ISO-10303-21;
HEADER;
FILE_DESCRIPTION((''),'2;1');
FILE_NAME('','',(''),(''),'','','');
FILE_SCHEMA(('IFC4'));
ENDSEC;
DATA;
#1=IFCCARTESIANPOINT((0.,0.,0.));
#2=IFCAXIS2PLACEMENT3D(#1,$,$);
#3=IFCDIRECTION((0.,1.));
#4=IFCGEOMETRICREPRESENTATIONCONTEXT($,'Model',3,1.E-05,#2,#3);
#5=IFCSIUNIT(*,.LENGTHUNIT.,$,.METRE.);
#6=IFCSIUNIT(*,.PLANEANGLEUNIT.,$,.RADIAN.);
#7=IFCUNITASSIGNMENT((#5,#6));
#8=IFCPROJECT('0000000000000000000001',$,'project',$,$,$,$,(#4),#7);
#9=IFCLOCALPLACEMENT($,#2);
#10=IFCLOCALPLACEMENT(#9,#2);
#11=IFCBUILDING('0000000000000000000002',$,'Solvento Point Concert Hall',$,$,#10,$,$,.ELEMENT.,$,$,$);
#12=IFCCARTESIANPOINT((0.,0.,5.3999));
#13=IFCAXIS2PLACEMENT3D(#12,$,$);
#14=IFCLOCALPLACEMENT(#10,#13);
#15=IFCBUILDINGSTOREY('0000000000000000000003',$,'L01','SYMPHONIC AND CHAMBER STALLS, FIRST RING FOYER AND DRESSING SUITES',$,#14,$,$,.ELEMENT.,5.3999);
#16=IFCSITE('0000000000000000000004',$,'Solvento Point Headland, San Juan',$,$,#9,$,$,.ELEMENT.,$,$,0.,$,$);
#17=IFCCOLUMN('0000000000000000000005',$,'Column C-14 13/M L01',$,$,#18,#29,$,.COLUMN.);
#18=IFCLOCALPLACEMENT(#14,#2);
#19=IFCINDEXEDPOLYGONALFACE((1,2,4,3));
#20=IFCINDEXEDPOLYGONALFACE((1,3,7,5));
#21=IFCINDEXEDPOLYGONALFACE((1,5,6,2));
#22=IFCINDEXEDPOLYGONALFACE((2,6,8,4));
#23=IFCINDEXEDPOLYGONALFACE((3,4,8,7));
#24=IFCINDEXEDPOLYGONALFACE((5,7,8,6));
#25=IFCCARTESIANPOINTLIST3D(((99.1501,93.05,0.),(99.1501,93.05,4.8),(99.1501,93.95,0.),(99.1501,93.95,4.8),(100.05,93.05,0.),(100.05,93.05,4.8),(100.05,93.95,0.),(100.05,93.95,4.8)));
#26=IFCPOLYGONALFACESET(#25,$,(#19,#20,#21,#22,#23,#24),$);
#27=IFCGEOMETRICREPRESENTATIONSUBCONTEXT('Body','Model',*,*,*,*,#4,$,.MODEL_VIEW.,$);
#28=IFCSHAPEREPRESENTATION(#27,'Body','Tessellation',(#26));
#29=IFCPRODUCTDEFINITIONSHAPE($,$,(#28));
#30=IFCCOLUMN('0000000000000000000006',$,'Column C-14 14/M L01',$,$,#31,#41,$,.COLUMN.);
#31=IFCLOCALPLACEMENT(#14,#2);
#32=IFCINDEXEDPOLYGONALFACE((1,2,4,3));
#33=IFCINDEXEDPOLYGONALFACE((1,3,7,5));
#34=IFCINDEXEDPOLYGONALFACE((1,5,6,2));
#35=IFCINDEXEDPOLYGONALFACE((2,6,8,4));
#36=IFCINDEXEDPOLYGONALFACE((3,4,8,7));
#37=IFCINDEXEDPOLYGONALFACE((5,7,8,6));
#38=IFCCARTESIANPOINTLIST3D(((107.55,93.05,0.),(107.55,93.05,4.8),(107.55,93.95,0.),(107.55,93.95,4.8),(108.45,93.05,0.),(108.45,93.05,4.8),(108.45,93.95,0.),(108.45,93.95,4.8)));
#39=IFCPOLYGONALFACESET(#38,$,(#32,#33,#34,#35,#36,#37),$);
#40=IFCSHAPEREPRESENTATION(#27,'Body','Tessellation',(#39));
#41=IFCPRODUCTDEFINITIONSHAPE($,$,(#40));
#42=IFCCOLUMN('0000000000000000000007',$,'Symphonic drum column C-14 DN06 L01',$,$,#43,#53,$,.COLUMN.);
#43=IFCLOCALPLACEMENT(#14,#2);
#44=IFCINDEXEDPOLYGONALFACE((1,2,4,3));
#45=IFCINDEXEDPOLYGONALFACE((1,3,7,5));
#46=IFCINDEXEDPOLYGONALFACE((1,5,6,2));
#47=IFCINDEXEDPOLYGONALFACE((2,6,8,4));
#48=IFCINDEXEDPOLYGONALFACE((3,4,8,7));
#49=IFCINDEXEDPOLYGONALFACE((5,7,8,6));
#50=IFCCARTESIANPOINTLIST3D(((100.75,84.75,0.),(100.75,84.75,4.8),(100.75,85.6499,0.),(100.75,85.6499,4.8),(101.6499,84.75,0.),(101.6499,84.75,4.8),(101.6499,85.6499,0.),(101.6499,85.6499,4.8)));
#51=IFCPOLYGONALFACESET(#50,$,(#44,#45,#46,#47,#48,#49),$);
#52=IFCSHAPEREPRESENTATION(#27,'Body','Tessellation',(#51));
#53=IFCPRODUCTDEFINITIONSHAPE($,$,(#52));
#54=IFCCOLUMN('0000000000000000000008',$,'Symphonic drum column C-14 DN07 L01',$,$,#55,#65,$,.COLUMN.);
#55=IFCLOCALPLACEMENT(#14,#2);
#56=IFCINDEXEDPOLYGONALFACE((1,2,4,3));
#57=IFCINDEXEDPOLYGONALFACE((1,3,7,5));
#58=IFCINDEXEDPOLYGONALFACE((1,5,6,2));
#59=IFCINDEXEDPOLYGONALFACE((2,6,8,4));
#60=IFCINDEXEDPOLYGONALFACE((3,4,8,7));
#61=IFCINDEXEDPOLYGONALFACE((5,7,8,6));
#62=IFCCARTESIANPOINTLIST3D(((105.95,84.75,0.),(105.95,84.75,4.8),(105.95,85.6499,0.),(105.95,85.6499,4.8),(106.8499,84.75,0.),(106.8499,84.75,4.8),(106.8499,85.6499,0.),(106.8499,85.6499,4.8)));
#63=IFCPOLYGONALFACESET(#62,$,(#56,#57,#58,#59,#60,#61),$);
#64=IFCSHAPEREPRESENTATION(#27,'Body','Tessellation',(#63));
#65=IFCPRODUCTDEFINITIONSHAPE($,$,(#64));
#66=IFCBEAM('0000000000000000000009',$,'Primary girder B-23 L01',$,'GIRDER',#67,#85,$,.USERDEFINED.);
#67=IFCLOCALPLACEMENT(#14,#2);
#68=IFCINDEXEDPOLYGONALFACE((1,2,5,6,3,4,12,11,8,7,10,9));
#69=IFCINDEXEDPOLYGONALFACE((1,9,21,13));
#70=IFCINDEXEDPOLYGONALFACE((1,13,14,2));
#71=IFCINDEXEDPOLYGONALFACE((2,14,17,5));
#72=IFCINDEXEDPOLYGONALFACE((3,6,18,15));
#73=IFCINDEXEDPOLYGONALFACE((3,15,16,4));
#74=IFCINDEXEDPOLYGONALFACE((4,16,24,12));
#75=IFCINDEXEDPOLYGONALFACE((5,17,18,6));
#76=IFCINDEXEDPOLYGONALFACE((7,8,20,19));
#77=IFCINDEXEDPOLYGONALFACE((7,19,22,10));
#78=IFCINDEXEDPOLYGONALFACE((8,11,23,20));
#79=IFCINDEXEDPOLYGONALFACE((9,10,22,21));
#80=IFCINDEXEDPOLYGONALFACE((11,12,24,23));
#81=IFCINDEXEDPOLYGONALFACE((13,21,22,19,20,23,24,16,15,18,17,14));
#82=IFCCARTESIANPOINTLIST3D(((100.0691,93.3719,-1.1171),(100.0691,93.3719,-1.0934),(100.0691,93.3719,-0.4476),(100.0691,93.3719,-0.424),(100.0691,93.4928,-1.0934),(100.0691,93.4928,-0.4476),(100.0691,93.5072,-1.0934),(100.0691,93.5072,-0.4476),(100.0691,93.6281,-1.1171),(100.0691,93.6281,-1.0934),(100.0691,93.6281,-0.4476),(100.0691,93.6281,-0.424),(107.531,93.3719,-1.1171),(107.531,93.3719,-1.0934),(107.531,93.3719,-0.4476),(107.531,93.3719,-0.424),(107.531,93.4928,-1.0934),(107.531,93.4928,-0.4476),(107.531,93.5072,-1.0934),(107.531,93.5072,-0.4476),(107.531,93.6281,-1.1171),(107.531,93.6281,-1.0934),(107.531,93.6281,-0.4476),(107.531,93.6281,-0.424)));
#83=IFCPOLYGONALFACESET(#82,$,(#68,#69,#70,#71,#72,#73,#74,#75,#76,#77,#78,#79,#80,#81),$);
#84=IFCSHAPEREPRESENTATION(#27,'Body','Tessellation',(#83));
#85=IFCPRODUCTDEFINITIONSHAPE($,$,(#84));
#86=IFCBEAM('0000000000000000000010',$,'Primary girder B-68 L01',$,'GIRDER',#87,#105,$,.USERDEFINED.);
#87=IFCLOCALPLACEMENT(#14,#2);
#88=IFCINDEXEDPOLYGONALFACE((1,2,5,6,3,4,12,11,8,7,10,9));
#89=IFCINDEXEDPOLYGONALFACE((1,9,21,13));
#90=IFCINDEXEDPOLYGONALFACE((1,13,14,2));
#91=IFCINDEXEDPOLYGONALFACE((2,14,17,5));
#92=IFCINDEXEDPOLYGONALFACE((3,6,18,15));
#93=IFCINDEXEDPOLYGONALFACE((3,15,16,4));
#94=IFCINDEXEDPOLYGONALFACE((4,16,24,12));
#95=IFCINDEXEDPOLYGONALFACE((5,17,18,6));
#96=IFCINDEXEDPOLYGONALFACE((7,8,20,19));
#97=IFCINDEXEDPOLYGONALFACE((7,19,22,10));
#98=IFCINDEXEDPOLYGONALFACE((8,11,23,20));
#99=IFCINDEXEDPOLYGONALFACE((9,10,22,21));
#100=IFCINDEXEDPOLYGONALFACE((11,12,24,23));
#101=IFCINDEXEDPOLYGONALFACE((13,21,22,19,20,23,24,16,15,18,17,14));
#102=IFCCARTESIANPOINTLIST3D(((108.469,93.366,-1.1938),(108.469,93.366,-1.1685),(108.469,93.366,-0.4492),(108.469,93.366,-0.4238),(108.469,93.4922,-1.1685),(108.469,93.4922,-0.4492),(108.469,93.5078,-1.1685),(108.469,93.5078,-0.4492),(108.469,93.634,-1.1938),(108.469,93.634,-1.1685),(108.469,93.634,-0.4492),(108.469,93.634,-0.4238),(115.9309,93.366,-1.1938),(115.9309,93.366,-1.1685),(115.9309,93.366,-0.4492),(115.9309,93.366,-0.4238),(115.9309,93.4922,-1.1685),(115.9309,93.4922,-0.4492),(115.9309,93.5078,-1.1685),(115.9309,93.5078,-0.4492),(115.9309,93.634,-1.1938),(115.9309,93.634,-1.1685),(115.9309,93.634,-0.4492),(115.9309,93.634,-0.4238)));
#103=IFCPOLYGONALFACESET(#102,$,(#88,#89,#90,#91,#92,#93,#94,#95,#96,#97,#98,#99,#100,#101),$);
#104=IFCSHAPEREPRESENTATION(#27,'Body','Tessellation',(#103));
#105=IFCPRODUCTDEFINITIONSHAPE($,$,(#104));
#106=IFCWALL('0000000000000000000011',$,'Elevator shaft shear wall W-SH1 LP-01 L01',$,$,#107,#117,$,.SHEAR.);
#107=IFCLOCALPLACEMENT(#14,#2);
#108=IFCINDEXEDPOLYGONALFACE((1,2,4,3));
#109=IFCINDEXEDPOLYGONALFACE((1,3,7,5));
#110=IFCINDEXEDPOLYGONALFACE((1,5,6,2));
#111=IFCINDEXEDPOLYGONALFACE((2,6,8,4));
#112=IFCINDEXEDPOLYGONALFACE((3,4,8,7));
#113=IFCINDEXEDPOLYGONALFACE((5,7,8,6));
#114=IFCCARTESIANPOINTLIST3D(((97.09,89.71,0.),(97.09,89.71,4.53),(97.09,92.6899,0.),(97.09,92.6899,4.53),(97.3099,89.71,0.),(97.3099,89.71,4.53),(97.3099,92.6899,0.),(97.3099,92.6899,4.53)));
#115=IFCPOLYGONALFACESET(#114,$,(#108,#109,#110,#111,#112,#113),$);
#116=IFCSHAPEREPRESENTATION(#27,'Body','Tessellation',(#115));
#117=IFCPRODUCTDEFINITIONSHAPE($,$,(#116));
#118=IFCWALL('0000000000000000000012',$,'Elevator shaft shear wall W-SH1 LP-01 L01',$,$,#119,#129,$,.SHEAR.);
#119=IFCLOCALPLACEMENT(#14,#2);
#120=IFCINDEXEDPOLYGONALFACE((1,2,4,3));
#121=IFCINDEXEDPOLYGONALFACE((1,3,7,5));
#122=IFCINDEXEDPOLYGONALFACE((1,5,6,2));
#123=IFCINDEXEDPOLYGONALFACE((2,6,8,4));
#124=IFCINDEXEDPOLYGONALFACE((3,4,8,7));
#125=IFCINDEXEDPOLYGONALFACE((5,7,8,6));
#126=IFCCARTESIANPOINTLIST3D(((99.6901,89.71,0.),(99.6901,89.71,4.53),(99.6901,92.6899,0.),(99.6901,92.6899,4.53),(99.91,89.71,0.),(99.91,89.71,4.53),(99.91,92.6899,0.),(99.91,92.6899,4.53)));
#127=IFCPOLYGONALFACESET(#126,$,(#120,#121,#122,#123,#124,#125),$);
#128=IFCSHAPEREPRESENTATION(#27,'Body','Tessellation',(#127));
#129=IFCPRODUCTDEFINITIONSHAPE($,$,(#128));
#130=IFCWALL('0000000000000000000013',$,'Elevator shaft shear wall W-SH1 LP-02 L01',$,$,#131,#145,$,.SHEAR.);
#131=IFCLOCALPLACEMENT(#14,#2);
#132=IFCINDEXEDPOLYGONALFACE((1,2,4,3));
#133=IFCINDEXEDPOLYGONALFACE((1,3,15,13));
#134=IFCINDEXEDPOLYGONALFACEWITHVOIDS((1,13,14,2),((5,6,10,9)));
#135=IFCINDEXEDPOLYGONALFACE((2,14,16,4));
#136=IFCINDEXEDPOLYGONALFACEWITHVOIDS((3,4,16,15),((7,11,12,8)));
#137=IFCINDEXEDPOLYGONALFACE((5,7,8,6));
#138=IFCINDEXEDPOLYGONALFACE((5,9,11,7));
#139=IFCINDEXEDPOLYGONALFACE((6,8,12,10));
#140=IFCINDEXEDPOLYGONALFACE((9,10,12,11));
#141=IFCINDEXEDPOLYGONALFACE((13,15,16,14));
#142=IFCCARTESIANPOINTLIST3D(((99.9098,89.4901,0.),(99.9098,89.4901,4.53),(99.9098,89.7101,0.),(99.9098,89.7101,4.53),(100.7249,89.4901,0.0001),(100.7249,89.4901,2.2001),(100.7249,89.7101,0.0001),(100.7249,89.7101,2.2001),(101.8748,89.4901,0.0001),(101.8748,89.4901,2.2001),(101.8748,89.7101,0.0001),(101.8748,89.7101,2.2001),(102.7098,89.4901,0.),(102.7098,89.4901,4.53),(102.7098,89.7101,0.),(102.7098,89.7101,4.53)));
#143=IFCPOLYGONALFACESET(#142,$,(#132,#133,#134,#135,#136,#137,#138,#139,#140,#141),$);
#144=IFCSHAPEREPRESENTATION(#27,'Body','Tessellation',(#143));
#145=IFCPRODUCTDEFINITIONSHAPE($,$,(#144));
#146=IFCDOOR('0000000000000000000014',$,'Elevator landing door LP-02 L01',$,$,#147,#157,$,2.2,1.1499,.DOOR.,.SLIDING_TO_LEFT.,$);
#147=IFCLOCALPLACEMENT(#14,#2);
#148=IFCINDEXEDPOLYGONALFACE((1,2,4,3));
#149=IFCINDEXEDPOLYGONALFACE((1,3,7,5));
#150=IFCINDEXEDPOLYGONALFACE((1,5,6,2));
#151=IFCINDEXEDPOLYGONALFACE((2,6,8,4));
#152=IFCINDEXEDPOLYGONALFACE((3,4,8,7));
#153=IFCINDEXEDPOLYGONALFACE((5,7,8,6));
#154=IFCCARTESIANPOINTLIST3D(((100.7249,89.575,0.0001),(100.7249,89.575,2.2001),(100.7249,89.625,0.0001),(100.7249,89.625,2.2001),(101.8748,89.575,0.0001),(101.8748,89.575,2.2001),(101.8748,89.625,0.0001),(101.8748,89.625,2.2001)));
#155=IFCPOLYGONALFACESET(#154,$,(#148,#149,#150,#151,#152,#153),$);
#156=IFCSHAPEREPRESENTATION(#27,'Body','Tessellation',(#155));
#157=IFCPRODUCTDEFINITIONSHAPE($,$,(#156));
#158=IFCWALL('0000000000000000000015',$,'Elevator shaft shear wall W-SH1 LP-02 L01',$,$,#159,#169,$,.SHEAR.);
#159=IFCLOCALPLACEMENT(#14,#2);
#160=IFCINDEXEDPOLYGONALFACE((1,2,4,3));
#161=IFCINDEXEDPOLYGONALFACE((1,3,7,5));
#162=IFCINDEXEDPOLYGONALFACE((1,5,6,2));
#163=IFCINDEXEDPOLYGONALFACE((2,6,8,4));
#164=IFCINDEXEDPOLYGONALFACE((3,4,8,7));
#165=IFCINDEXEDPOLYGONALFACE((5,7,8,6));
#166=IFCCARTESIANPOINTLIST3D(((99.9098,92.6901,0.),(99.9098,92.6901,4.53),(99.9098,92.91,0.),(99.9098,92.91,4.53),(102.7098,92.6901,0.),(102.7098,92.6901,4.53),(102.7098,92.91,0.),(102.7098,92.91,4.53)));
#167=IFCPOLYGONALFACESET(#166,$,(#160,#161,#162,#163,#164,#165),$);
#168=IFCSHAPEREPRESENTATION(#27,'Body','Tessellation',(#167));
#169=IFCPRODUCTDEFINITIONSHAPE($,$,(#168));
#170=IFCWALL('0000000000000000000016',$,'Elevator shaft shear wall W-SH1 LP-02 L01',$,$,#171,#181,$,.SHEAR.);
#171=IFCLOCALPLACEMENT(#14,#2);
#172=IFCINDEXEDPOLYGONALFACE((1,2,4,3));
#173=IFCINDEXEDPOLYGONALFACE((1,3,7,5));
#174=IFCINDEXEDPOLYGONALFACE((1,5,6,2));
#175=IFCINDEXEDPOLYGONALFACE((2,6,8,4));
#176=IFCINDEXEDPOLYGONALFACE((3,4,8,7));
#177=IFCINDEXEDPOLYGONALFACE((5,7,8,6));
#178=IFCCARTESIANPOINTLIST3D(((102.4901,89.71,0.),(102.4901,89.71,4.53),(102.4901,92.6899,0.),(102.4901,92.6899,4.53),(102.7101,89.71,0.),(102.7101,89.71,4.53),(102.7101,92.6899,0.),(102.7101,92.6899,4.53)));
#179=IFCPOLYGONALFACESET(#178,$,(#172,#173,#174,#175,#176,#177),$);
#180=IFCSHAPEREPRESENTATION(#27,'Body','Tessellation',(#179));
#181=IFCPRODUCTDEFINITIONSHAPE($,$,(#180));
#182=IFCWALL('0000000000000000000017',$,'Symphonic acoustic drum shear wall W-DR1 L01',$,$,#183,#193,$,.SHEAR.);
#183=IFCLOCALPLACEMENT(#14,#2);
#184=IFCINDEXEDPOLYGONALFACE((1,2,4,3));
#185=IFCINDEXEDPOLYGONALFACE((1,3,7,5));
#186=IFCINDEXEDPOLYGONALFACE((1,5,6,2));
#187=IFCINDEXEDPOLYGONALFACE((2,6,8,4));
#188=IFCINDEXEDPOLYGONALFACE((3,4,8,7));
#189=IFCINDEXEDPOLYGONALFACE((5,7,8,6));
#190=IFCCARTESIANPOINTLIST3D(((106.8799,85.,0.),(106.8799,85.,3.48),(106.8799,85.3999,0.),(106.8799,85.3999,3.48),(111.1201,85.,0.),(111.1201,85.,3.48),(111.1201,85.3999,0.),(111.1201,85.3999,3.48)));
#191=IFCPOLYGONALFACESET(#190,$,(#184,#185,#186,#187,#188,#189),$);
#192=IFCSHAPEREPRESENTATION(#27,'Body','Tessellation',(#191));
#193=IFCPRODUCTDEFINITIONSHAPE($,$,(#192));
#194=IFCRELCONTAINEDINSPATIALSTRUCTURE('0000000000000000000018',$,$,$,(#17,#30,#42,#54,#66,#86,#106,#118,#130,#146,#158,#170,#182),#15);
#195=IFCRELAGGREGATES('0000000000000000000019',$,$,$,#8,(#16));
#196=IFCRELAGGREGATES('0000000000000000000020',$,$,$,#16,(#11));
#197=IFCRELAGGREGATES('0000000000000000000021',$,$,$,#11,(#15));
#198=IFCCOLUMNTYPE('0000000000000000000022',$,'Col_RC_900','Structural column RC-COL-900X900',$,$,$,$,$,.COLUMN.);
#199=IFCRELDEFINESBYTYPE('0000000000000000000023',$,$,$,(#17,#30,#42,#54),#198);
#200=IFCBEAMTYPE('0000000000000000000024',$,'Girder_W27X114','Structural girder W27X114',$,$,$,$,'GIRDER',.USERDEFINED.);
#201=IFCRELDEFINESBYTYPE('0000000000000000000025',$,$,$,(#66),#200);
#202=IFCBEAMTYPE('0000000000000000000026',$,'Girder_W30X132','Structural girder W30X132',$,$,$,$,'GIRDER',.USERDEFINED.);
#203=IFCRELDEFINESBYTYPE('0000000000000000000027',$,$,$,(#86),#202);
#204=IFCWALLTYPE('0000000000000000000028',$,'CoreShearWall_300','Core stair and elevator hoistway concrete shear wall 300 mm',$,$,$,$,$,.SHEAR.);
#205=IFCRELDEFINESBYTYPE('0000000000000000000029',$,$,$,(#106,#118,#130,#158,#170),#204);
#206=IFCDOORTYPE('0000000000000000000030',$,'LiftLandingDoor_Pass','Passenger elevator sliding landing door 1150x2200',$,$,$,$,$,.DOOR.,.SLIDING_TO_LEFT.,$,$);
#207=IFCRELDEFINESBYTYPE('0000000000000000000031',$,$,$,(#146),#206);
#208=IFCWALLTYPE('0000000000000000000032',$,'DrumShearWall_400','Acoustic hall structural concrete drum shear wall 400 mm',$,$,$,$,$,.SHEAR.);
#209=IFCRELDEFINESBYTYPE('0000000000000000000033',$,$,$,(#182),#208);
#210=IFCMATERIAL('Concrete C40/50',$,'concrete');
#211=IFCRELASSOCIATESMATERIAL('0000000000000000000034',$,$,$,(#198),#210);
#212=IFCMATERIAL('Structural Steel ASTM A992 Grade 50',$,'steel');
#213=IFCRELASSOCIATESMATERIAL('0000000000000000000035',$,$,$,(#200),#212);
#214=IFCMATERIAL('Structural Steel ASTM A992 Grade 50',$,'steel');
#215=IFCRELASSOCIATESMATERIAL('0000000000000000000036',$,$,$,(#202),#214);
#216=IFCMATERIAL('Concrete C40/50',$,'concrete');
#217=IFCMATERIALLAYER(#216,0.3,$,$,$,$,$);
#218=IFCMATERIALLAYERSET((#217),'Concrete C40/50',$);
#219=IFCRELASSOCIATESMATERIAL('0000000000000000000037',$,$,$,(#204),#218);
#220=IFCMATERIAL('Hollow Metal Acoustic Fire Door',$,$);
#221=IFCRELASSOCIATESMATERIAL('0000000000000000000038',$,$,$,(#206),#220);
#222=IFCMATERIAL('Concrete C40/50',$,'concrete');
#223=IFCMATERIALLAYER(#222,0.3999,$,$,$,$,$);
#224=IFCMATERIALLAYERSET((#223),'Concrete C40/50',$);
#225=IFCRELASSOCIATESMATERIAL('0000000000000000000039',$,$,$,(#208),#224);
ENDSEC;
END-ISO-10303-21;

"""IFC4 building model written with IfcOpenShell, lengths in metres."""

from ifc_helpers import new_model, si_unit, direction, frame, frame_2d, origin, origin_2d, place, context, subcontext, project, spatial, rectangle, i_section, extrude, material, layer, layer_set, material_profile, profile_set, type_object, element, fill, save


model = new_model("IFC4")

# Units and contexts
model_context = context("Model", 3, precision=1e-05, world=origin(), true_north=direction((0.0, 1.0)))
body_context = subcontext(model_context, "Body", "Model", "MODEL_VIEW")
ifc_project = project(units=[si_unit("LENGTHUNIT", "METRE"), si_unit("PLANEANGLEUNIT", "RADIAN")], contexts=[model_context])

# Site, building, storey
site_placement = place(None, origin())
site = spatial("IfcSite", under=ifc_project, at=site_placement, Name="Solvento Point Headland, San Juan", CompositionType="ELEMENT", RefElevation=0.0)
building_placement = place(site_placement, origin())
building = spatial("IfcBuilding", under=site, at=building_placement, Name="Solvento Point Concert Hall", CompositionType="ELEMENT")
storey_placement = place(building_placement, frame((0.0, 0.0, 5.3999)))
storey = spatial("IfcBuildingStorey", under=building, at=storey_placement, Name="L01", Description="SYMPHONIC AND CHAMBER STALLS, FIRST RING FOYER AND DRESSING SUITES", CompositionType="ELEMENT", Elevation=5.3999)

# Columns
ifc_material_1 = material(Name="Concrete C40/50", Category="concrete")
ifc_material_profile_1 = material_profile(ifc_material_1, rectangle(XDim=0.8999, YDim=0.8999, at=origin_2d()), Name="RC-COL-900X900")
ifc_profile_set_1 = profile_set([ifc_material_profile_1], Name="Concrete C40/50")
column_type = type_object("IfcColumnType", Name="Col_RC_900", Description="Structural column RC-COL-900X900", PredefinedType="COLUMN", material=ifc_profile_set_1)
for number, where, z_axis, x_axis, name in (
    (1, (99.6001, 93.5, 0.0), (0.0, 0.0, 1.0), (1.0, 0.0, 0.0), "Column C-14 13/M L01"),
    (2, (108.0, 93.5, 0.0), (0.0, 0.0, 1.0), (1.0, 0.0, 0.0), "Column C-14 14/M L01"),
    (3, (101.2, 85.2, 0.0), (0.0, 0.0, 1.0), (1.0, 0.0, 0.0), "Symphonic drum column C-14 DN06 L01"),
    (4, (106.3999, 85.2, 0.0), (0.0, 0.0, 1.0), (1.0, 0.0, 0.0), "Symphonic drum column C-14 DN07 L01"),
):
    element("IfcColumn", number, at=place(storey_placement, frame(where, z_axis=z_axis, x_axis=x_axis)), inside=storey, type_object=column_type, Name=name, PredefinedType="COLUMN", context=body_context, shape_type="SweptSolid", body=[
        extrude(rectangle(XDim=0.8999, YDim=0.8999, at=origin_2d()), origin(), (0.0, 0.0, 1.0), 4.8),
    ])

# Beams
ifc_material_2 = material(Name="Structural Steel ASTM A992 Grade 50", Category="steel")
ifc_material_profile_2 = material_profile(ifc_material_2, i_section(OverallWidth=0.2561, OverallDepth=0.6931, WebThickness=0.0144, FlangeThickness=0.0237, at=origin_2d()), Name="W27X114")
ifc_profile_set_2 = profile_set([ifc_material_profile_2], Name="Structural Steel ASTM A992 Grade 50")
beam_type_1 = type_object("IfcBeamType", Name="Girder_W27X114", Description="Structural girder W27X114", ElementType="GIRDER", PredefinedType="USERDEFINED", material=ifc_profile_set_2)
beam_1_placement = place(storey_placement, frame((100.0691, 93.5, -0.7705), z_axis=(1.0, 0.0, 0.0), x_axis=(0.0, 1.0, 0.0)))
element("IfcBeam", 5, at=beam_1_placement, inside=storey, type_object=beam_type_1, Name="Primary girder B-23 L01", ObjectType="GIRDER", PredefinedType="USERDEFINED", context=body_context, shape_type="SweptSolid", body=[
    extrude(i_section(OverallWidth=0.2561, OverallDepth=0.6931, WebThickness=0.0144, FlangeThickness=0.0237, at=origin_2d()), origin(), (0.0, 0.0, 1.0), 7.4619),
])
ifc_material_3 = material(Name="Structural Steel ASTM A992 Grade 50", Category="steel")
ifc_material_profile_3 = material_profile(ifc_material_3, i_section(OverallWidth=0.2681, OverallDepth=0.77, WebThickness=0.0156, FlangeThickness=0.0254, at=origin_2d()), Name="W30X132")
ifc_profile_set_3 = profile_set([ifc_material_profile_3], Name="Structural Steel ASTM A992 Grade 50")
beam_type_2 = type_object("IfcBeamType", Name="Girder_W30X132", Description="Structural girder W30X132", ElementType="GIRDER", PredefinedType="USERDEFINED", material=ifc_profile_set_3)
beam_2_placement = place(storey_placement, frame((108.469, 93.5, -0.8088), z_axis=(1.0, 0.0, 0.0), x_axis=(0.0, 1.0, 0.0)))
element("IfcBeam", 6, at=beam_2_placement, inside=storey, type_object=beam_type_2, Name="Primary girder B-68 L01", ObjectType="GIRDER", PredefinedType="USERDEFINED", context=body_context, shape_type="SweptSolid", body=[
    extrude(i_section(OverallWidth=0.2681, OverallDepth=0.77, WebThickness=0.0156, FlangeThickness=0.0254, at=origin_2d()), origin(), (0.0, 0.0, 1.0), 7.4619),
])

# Walls
ifc_material_4 = material(Name="Concrete C40/50", Category="concrete")
ifc_layer_1 = layer(ifc_material_4, 0.3)
ifc_layer_set_1 = layer_set([ifc_layer_1], Name="Concrete C40/50")
wall_type_1 = type_object("IfcWallType", Name="CoreShearWall_300", Description="Core stair and elevator hoistway concrete shear wall 300 mm", PredefinedType="SHEAR", material=ifc_layer_set_1)
for number, where, z_axis, x_axis, name in (
    (7, (97.2, 89.71, 0.0), (0.0, 0.0, 1.0), (0.0, 1.0, 0.0), "Elevator shaft shear wall W-SH1 LP-01 L01"),
    (8, (99.8, 89.71, 0.0), (0.0, 0.0, 1.0), (0.0, 1.0, 0.0), "Elevator shaft shear wall W-SH1 LP-01 L01"),
):
    element("IfcWall", number, at=place(storey_placement, frame(where, z_axis=z_axis, x_axis=x_axis)), inside=storey, type_object=wall_type_1, Name=name, PredefinedType="SHEAR", context=body_context, shape_type="SweptSolid", body=[
        extrude(rectangle(XDim=2.98, YDim=0.22, at=frame_2d((1.49, 0.0))), origin(), (0.0, 0.0, 1.0), 4.53),
    ])

# Wall, opening, door
wall_1_placement = place(storey_placement, frame((99.9099, 89.6001, 0.0), z_axis=(0.0, 0.0, 1.0), x_axis=(1.0, 0.0, 0.0)))
wall_1 = element("IfcWall", 9, at=wall_1_placement, inside=storey, type_object=wall_type_1, Name="Elevator shaft shear wall W-SH1 LP-02 L01", PredefinedType="SHEAR", context=body_context, shape_type="SweptSolid", body=[
    extrude(rectangle(XDim=2.8, YDim=0.22, at=frame_2d((1.3999, 0.0))), origin(), (0.0, 0.0, 1.0), 4.53),
])
opening_1_placement = place(wall_1_placement, frame((0.8149, 0.0, 0.0)))
opening_1 = element("IfcOpeningElement", 10, at=opening_1_placement, cuts=wall_1, PredefinedType="OPENING", context=body_context, shape_type="SweptSolid", body=[
    extrude(rectangle(XDim=1.1499, YDim=2.2, at=frame_2d((0.575, 1.1001))), frame((0.0, 0.1199, 0.0), z_axis=(0.0, -1.0, 0.0), x_axis=(1.0, 0.0, 0.0)), (0.0, 0.0, 1.0), 0.24),
])
ifc_material_5 = material(Name="Hollow Metal Acoustic Fire Door")
door_type_1 = type_object("IfcDoorType", Name="LiftLandingDoor_Pass", Description="Passenger elevator sliding landing door 1150x2200", OperationType="SLIDING_TO_LEFT", PredefinedType="DOOR", material=ifc_material_5)
door_1_placement = place(opening_1_placement, origin())
door_1 = element("IfcDoor", 11, at=door_1_placement, inside=storey, type_object=door_type_1, Name="Elevator landing door LP-02 L01", OperationType="SLIDING_TO_LEFT", OverallHeight=2.2, OverallWidth=1.1499, PredefinedType="DOOR", context=body_context, shape_type="SweptSolid", body=[
    extrude(rectangle(XDim=1.1499, YDim=2.2, at=frame_2d((0.575, 1.1001))), frame((0.0, 0.0249, 0.0), z_axis=(0.0, -1.0, 0.0), x_axis=(1.0, 0.0, 0.0)), (0.0, 0.0, 1.0), 0.05),
])
fill(opening_1, door_1)

# Walls
wall_2_placement = place(storey_placement, frame((99.9099, 92.8, 0.0), z_axis=(0.0, 0.0, 1.0), x_axis=(1.0, 0.0, 0.0)))
element("IfcWall", 12, at=wall_2_placement, inside=storey, type_object=wall_type_1, Name="Elevator shaft shear wall W-SH1 LP-02 L01", PredefinedType="SHEAR", context=body_context, shape_type="SweptSolid", body=[
    extrude(rectangle(XDim=2.8, YDim=0.22, at=frame_2d((1.3999, 0.0))), origin(), (0.0, 0.0, 1.0), 4.53),
])
wall_3_placement = place(storey_placement, frame((102.6001, 89.71, 0.0), z_axis=(0.0, 0.0, 1.0), x_axis=(0.0, 1.0, 0.0)))
element("IfcWall", 13, at=wall_3_placement, inside=storey, type_object=wall_type_1, Name="Elevator shaft shear wall W-SH1 LP-02 L01", PredefinedType="SHEAR", context=body_context, shape_type="SweptSolid", body=[
    extrude(rectangle(XDim=2.98, YDim=0.22, at=frame_2d((1.49, 0.0))), origin(), (0.0, 0.0, 1.0), 4.53),
])
ifc_material_6 = material(Name="Concrete C40/50", Category="concrete")
ifc_layer_2 = layer(ifc_material_6, 0.3999)
ifc_layer_set_2 = layer_set([ifc_layer_2], Name="Concrete C40/50")
wall_type_2 = type_object("IfcWallType", Name="DrumShearWall_400", Description="Acoustic hall structural concrete drum shear wall 400 mm", PredefinedType="SHEAR", material=ifc_layer_set_2)
wall_4_placement = place(storey_placement, frame((106.8799, 85.2, 0.0), z_axis=(0.0, 0.0, 1.0), x_axis=(1.0, 0.0, 0.0)))
element("IfcWall", 14, at=wall_4_placement, inside=storey, type_object=wall_type_2, Name="Symphonic acoustic drum shear wall W-DR1 L01", PredefinedType="SHEAR", context=body_context, shape_type="SweptSolid", body=[
    extrude(rectangle(XDim=4.2402, YDim=0.3999, at=frame_2d((2.1201, 0.0))), origin(), (0.0, 0.0, 1.0), 3.48),
])

save(model, "model.ifc")
